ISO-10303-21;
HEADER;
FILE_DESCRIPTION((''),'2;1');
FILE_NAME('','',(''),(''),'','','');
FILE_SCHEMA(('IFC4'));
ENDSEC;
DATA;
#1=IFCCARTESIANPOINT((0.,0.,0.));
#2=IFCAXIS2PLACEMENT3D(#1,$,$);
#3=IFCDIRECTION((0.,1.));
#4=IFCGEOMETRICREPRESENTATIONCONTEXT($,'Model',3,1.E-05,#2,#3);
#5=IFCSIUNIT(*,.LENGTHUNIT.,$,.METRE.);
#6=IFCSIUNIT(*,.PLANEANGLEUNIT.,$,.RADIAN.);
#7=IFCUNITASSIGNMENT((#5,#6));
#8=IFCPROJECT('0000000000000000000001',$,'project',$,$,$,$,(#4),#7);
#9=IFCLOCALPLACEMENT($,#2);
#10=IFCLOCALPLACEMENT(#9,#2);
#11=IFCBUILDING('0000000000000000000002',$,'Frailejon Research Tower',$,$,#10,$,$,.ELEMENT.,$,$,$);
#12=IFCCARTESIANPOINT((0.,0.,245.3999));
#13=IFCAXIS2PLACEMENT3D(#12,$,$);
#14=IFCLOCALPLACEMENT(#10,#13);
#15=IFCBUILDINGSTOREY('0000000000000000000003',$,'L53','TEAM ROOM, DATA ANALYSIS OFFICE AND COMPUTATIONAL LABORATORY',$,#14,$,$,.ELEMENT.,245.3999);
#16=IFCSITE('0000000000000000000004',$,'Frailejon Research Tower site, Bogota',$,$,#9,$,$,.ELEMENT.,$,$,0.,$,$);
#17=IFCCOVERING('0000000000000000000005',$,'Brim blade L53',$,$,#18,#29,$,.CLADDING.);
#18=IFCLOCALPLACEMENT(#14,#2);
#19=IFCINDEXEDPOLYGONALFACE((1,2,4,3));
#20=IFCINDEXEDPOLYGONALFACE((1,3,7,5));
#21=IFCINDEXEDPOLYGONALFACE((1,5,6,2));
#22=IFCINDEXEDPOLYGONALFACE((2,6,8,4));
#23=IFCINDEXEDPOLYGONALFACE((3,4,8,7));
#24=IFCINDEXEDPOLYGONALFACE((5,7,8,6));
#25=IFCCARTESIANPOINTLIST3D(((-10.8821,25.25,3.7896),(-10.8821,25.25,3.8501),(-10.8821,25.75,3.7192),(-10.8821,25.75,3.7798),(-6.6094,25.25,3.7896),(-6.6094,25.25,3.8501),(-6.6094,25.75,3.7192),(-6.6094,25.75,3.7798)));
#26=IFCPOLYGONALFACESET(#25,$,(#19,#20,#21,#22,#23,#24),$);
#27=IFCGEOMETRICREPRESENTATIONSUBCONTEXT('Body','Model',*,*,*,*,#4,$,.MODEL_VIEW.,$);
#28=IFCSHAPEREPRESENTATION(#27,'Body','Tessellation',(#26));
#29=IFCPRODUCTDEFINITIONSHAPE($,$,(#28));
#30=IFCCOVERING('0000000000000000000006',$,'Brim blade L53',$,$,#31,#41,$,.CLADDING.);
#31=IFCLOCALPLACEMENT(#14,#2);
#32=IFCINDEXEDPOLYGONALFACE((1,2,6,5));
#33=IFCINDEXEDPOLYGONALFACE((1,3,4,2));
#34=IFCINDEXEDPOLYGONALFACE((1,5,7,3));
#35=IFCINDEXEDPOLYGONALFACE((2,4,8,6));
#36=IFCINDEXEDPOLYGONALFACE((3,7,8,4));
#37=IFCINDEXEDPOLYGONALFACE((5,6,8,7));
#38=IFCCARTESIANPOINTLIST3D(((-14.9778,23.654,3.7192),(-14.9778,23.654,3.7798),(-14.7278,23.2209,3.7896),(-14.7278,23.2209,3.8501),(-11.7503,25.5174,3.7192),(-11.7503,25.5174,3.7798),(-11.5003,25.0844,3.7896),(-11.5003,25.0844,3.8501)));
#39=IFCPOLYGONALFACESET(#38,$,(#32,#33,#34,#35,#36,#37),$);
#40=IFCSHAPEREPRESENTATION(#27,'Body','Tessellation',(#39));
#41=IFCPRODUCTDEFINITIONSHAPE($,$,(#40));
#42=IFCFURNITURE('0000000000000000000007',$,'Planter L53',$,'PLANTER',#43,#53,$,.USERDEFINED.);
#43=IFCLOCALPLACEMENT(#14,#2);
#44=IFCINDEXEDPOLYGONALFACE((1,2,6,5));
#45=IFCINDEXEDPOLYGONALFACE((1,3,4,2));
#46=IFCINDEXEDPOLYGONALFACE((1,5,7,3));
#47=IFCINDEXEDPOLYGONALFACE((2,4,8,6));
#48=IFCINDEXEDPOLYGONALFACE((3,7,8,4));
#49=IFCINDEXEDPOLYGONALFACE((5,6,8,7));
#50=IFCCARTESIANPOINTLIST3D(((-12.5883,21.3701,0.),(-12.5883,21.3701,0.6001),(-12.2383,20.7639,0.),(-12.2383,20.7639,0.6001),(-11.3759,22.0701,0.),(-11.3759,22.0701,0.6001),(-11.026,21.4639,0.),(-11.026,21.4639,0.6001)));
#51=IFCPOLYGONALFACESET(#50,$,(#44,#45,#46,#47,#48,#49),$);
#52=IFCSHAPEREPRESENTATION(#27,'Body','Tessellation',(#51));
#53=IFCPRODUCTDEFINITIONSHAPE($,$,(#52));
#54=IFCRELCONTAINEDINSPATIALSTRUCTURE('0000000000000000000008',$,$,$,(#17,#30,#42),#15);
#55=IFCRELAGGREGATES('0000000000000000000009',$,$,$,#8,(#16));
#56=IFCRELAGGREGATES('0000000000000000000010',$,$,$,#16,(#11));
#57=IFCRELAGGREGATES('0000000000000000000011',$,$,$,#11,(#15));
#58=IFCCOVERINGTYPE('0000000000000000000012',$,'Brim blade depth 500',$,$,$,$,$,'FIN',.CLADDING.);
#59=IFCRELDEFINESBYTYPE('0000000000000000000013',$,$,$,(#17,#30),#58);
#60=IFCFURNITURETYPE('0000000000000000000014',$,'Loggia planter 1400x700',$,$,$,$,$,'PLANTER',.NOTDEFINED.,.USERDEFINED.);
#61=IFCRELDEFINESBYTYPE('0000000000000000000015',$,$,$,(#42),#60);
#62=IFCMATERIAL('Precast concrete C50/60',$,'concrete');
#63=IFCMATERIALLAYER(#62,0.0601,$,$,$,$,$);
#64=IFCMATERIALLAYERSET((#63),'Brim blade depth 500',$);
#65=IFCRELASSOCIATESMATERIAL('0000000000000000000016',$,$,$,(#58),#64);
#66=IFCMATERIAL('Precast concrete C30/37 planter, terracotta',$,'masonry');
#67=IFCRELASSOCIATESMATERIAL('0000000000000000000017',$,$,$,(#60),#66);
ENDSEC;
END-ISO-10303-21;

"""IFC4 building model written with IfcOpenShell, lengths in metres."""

from ifc_helpers import new_model, si_unit, direction, frame, origin, origin_2d, place, context, subcontext, project, spatial, polyline, rectangle, outline, extrude, material, layer, layer_set, type_object, element, save


model = new_model("IFC4")

# Units and contexts
model_context = context("Model", 3, precision=1e-05, world=origin(), true_north=direction((0.0, 1.0)))
body_context = subcontext(model_context, "Body", "Model", "MODEL_VIEW")
ifc_project = project(units=[si_unit("LENGTHUNIT", "METRE"), si_unit("PLANEANGLEUNIT", "RADIAN")], contexts=[model_context])

# Site, building, storey
site_placement = place(None, origin())
site = spatial("IfcSite", under=ifc_project, at=site_placement, Name="Frailejon Research Tower site, Bogota", CompositionType="ELEMENT", RefElevation=0.0)
building_placement = place(site_placement, origin())
building = spatial("IfcBuilding", under=site, at=building_placement, Name="Frailejon Research Tower", CompositionType="ELEMENT")
storey_placement = place(building_placement, frame((0.0, 0.0, 245.3999)))
storey = spatial("IfcBuildingStorey", under=building, at=storey_placement, Name="L53", Description="TEAM ROOM, DATA ANALYSIS OFFICE AND COMPUTATIONAL LABORATORY", CompositionType="ELEMENT", Elevation=245.3999)

# Coverings
ifc_material_1 = material(Name="Precast concrete C50/60", Category="concrete")
ifc_layer_1 = layer(ifc_material_1, 0.0601)
ifc_layer_set_1 = layer_set([ifc_layer_1], Name="Brim blade depth 500")
covering_type_1 = type_object("IfcCoveringType", Name="Brim blade depth 500", ElementType="FIN", PredefinedType="CLADDING", material=ifc_layer_set_1)
covering_1_placement = place(storey_placement, frame((-10.8821, 25.25, 3.8501), z_axis=(1.0, 0.0, 0.0), x_axis=(0.0, 1.0, 0.0)))
element("IfcCovering", 1, at=covering_1_placement, inside=storey, type_object=covering_type_1, Name="Brim blade L53", PredefinedType="CLADDING", context=body_context, shape_type="SweptSolid", body=[
    extrude(outline(polyline([(0.0, -0.0605), (0.5, -0.1309), (0.5, -0.0703), (0.0, 0.0), (0.0, -0.0605)])), origin(), (0.0, 0.0, 1.0), 4.2727),
])
covering_2_placement = place(storey_placement, frame((-14.7278, 23.2209, 3.8501), z_axis=(0.866018, 0.500012, 0.0), x_axis=(-0.500012, 0.866018, 0.0)))
element("IfcCovering", 2, at=covering_2_placement, inside=storey, type_object=covering_type_1, Name="Brim blade L53", PredefinedType="CLADDING", context=body_context, shape_type="SweptSolid", body=[
    extrude(outline(polyline([(0.0, -0.0605), (0.5, -0.1309), (0.5, -0.0703), (0.0, 0.0), (0.0, -0.0605)])), origin(), (0.0, 0.0, 1.0), 3.7268),
])

# Furniture
ifc_material_2 = material(Name="Precast concrete C30/37 planter, terracotta", Category="masonry")
furniture_type = type_object("IfcFurnitureType", Name="Loggia planter 1400x700", ElementType="PLANTER", AssemblyPlace="NOTDEFINED", PredefinedType="USERDEFINED", material=ifc_material_2)
furniture_placement = place(storey_placement, frame((-11.8071, 21.417, 0.0), z_axis=(0.0, 0.0, 1.0), x_axis=(-0.866025, -0.5, 0.0)))
element("IfcFurniture", 3, at=furniture_placement, inside=storey, type_object=furniture_type, Name="Planter L53", ObjectType="PLANTER", PredefinedType="USERDEFINED", context=body_context, shape_type="SweptSolid", body=[
    extrude(rectangle(XDim=1.3999, YDim=0.7, at=origin_2d()), origin(), (0.0, 0.0, 1.0), 0.6001),
])

save(model, "model.ifc")
